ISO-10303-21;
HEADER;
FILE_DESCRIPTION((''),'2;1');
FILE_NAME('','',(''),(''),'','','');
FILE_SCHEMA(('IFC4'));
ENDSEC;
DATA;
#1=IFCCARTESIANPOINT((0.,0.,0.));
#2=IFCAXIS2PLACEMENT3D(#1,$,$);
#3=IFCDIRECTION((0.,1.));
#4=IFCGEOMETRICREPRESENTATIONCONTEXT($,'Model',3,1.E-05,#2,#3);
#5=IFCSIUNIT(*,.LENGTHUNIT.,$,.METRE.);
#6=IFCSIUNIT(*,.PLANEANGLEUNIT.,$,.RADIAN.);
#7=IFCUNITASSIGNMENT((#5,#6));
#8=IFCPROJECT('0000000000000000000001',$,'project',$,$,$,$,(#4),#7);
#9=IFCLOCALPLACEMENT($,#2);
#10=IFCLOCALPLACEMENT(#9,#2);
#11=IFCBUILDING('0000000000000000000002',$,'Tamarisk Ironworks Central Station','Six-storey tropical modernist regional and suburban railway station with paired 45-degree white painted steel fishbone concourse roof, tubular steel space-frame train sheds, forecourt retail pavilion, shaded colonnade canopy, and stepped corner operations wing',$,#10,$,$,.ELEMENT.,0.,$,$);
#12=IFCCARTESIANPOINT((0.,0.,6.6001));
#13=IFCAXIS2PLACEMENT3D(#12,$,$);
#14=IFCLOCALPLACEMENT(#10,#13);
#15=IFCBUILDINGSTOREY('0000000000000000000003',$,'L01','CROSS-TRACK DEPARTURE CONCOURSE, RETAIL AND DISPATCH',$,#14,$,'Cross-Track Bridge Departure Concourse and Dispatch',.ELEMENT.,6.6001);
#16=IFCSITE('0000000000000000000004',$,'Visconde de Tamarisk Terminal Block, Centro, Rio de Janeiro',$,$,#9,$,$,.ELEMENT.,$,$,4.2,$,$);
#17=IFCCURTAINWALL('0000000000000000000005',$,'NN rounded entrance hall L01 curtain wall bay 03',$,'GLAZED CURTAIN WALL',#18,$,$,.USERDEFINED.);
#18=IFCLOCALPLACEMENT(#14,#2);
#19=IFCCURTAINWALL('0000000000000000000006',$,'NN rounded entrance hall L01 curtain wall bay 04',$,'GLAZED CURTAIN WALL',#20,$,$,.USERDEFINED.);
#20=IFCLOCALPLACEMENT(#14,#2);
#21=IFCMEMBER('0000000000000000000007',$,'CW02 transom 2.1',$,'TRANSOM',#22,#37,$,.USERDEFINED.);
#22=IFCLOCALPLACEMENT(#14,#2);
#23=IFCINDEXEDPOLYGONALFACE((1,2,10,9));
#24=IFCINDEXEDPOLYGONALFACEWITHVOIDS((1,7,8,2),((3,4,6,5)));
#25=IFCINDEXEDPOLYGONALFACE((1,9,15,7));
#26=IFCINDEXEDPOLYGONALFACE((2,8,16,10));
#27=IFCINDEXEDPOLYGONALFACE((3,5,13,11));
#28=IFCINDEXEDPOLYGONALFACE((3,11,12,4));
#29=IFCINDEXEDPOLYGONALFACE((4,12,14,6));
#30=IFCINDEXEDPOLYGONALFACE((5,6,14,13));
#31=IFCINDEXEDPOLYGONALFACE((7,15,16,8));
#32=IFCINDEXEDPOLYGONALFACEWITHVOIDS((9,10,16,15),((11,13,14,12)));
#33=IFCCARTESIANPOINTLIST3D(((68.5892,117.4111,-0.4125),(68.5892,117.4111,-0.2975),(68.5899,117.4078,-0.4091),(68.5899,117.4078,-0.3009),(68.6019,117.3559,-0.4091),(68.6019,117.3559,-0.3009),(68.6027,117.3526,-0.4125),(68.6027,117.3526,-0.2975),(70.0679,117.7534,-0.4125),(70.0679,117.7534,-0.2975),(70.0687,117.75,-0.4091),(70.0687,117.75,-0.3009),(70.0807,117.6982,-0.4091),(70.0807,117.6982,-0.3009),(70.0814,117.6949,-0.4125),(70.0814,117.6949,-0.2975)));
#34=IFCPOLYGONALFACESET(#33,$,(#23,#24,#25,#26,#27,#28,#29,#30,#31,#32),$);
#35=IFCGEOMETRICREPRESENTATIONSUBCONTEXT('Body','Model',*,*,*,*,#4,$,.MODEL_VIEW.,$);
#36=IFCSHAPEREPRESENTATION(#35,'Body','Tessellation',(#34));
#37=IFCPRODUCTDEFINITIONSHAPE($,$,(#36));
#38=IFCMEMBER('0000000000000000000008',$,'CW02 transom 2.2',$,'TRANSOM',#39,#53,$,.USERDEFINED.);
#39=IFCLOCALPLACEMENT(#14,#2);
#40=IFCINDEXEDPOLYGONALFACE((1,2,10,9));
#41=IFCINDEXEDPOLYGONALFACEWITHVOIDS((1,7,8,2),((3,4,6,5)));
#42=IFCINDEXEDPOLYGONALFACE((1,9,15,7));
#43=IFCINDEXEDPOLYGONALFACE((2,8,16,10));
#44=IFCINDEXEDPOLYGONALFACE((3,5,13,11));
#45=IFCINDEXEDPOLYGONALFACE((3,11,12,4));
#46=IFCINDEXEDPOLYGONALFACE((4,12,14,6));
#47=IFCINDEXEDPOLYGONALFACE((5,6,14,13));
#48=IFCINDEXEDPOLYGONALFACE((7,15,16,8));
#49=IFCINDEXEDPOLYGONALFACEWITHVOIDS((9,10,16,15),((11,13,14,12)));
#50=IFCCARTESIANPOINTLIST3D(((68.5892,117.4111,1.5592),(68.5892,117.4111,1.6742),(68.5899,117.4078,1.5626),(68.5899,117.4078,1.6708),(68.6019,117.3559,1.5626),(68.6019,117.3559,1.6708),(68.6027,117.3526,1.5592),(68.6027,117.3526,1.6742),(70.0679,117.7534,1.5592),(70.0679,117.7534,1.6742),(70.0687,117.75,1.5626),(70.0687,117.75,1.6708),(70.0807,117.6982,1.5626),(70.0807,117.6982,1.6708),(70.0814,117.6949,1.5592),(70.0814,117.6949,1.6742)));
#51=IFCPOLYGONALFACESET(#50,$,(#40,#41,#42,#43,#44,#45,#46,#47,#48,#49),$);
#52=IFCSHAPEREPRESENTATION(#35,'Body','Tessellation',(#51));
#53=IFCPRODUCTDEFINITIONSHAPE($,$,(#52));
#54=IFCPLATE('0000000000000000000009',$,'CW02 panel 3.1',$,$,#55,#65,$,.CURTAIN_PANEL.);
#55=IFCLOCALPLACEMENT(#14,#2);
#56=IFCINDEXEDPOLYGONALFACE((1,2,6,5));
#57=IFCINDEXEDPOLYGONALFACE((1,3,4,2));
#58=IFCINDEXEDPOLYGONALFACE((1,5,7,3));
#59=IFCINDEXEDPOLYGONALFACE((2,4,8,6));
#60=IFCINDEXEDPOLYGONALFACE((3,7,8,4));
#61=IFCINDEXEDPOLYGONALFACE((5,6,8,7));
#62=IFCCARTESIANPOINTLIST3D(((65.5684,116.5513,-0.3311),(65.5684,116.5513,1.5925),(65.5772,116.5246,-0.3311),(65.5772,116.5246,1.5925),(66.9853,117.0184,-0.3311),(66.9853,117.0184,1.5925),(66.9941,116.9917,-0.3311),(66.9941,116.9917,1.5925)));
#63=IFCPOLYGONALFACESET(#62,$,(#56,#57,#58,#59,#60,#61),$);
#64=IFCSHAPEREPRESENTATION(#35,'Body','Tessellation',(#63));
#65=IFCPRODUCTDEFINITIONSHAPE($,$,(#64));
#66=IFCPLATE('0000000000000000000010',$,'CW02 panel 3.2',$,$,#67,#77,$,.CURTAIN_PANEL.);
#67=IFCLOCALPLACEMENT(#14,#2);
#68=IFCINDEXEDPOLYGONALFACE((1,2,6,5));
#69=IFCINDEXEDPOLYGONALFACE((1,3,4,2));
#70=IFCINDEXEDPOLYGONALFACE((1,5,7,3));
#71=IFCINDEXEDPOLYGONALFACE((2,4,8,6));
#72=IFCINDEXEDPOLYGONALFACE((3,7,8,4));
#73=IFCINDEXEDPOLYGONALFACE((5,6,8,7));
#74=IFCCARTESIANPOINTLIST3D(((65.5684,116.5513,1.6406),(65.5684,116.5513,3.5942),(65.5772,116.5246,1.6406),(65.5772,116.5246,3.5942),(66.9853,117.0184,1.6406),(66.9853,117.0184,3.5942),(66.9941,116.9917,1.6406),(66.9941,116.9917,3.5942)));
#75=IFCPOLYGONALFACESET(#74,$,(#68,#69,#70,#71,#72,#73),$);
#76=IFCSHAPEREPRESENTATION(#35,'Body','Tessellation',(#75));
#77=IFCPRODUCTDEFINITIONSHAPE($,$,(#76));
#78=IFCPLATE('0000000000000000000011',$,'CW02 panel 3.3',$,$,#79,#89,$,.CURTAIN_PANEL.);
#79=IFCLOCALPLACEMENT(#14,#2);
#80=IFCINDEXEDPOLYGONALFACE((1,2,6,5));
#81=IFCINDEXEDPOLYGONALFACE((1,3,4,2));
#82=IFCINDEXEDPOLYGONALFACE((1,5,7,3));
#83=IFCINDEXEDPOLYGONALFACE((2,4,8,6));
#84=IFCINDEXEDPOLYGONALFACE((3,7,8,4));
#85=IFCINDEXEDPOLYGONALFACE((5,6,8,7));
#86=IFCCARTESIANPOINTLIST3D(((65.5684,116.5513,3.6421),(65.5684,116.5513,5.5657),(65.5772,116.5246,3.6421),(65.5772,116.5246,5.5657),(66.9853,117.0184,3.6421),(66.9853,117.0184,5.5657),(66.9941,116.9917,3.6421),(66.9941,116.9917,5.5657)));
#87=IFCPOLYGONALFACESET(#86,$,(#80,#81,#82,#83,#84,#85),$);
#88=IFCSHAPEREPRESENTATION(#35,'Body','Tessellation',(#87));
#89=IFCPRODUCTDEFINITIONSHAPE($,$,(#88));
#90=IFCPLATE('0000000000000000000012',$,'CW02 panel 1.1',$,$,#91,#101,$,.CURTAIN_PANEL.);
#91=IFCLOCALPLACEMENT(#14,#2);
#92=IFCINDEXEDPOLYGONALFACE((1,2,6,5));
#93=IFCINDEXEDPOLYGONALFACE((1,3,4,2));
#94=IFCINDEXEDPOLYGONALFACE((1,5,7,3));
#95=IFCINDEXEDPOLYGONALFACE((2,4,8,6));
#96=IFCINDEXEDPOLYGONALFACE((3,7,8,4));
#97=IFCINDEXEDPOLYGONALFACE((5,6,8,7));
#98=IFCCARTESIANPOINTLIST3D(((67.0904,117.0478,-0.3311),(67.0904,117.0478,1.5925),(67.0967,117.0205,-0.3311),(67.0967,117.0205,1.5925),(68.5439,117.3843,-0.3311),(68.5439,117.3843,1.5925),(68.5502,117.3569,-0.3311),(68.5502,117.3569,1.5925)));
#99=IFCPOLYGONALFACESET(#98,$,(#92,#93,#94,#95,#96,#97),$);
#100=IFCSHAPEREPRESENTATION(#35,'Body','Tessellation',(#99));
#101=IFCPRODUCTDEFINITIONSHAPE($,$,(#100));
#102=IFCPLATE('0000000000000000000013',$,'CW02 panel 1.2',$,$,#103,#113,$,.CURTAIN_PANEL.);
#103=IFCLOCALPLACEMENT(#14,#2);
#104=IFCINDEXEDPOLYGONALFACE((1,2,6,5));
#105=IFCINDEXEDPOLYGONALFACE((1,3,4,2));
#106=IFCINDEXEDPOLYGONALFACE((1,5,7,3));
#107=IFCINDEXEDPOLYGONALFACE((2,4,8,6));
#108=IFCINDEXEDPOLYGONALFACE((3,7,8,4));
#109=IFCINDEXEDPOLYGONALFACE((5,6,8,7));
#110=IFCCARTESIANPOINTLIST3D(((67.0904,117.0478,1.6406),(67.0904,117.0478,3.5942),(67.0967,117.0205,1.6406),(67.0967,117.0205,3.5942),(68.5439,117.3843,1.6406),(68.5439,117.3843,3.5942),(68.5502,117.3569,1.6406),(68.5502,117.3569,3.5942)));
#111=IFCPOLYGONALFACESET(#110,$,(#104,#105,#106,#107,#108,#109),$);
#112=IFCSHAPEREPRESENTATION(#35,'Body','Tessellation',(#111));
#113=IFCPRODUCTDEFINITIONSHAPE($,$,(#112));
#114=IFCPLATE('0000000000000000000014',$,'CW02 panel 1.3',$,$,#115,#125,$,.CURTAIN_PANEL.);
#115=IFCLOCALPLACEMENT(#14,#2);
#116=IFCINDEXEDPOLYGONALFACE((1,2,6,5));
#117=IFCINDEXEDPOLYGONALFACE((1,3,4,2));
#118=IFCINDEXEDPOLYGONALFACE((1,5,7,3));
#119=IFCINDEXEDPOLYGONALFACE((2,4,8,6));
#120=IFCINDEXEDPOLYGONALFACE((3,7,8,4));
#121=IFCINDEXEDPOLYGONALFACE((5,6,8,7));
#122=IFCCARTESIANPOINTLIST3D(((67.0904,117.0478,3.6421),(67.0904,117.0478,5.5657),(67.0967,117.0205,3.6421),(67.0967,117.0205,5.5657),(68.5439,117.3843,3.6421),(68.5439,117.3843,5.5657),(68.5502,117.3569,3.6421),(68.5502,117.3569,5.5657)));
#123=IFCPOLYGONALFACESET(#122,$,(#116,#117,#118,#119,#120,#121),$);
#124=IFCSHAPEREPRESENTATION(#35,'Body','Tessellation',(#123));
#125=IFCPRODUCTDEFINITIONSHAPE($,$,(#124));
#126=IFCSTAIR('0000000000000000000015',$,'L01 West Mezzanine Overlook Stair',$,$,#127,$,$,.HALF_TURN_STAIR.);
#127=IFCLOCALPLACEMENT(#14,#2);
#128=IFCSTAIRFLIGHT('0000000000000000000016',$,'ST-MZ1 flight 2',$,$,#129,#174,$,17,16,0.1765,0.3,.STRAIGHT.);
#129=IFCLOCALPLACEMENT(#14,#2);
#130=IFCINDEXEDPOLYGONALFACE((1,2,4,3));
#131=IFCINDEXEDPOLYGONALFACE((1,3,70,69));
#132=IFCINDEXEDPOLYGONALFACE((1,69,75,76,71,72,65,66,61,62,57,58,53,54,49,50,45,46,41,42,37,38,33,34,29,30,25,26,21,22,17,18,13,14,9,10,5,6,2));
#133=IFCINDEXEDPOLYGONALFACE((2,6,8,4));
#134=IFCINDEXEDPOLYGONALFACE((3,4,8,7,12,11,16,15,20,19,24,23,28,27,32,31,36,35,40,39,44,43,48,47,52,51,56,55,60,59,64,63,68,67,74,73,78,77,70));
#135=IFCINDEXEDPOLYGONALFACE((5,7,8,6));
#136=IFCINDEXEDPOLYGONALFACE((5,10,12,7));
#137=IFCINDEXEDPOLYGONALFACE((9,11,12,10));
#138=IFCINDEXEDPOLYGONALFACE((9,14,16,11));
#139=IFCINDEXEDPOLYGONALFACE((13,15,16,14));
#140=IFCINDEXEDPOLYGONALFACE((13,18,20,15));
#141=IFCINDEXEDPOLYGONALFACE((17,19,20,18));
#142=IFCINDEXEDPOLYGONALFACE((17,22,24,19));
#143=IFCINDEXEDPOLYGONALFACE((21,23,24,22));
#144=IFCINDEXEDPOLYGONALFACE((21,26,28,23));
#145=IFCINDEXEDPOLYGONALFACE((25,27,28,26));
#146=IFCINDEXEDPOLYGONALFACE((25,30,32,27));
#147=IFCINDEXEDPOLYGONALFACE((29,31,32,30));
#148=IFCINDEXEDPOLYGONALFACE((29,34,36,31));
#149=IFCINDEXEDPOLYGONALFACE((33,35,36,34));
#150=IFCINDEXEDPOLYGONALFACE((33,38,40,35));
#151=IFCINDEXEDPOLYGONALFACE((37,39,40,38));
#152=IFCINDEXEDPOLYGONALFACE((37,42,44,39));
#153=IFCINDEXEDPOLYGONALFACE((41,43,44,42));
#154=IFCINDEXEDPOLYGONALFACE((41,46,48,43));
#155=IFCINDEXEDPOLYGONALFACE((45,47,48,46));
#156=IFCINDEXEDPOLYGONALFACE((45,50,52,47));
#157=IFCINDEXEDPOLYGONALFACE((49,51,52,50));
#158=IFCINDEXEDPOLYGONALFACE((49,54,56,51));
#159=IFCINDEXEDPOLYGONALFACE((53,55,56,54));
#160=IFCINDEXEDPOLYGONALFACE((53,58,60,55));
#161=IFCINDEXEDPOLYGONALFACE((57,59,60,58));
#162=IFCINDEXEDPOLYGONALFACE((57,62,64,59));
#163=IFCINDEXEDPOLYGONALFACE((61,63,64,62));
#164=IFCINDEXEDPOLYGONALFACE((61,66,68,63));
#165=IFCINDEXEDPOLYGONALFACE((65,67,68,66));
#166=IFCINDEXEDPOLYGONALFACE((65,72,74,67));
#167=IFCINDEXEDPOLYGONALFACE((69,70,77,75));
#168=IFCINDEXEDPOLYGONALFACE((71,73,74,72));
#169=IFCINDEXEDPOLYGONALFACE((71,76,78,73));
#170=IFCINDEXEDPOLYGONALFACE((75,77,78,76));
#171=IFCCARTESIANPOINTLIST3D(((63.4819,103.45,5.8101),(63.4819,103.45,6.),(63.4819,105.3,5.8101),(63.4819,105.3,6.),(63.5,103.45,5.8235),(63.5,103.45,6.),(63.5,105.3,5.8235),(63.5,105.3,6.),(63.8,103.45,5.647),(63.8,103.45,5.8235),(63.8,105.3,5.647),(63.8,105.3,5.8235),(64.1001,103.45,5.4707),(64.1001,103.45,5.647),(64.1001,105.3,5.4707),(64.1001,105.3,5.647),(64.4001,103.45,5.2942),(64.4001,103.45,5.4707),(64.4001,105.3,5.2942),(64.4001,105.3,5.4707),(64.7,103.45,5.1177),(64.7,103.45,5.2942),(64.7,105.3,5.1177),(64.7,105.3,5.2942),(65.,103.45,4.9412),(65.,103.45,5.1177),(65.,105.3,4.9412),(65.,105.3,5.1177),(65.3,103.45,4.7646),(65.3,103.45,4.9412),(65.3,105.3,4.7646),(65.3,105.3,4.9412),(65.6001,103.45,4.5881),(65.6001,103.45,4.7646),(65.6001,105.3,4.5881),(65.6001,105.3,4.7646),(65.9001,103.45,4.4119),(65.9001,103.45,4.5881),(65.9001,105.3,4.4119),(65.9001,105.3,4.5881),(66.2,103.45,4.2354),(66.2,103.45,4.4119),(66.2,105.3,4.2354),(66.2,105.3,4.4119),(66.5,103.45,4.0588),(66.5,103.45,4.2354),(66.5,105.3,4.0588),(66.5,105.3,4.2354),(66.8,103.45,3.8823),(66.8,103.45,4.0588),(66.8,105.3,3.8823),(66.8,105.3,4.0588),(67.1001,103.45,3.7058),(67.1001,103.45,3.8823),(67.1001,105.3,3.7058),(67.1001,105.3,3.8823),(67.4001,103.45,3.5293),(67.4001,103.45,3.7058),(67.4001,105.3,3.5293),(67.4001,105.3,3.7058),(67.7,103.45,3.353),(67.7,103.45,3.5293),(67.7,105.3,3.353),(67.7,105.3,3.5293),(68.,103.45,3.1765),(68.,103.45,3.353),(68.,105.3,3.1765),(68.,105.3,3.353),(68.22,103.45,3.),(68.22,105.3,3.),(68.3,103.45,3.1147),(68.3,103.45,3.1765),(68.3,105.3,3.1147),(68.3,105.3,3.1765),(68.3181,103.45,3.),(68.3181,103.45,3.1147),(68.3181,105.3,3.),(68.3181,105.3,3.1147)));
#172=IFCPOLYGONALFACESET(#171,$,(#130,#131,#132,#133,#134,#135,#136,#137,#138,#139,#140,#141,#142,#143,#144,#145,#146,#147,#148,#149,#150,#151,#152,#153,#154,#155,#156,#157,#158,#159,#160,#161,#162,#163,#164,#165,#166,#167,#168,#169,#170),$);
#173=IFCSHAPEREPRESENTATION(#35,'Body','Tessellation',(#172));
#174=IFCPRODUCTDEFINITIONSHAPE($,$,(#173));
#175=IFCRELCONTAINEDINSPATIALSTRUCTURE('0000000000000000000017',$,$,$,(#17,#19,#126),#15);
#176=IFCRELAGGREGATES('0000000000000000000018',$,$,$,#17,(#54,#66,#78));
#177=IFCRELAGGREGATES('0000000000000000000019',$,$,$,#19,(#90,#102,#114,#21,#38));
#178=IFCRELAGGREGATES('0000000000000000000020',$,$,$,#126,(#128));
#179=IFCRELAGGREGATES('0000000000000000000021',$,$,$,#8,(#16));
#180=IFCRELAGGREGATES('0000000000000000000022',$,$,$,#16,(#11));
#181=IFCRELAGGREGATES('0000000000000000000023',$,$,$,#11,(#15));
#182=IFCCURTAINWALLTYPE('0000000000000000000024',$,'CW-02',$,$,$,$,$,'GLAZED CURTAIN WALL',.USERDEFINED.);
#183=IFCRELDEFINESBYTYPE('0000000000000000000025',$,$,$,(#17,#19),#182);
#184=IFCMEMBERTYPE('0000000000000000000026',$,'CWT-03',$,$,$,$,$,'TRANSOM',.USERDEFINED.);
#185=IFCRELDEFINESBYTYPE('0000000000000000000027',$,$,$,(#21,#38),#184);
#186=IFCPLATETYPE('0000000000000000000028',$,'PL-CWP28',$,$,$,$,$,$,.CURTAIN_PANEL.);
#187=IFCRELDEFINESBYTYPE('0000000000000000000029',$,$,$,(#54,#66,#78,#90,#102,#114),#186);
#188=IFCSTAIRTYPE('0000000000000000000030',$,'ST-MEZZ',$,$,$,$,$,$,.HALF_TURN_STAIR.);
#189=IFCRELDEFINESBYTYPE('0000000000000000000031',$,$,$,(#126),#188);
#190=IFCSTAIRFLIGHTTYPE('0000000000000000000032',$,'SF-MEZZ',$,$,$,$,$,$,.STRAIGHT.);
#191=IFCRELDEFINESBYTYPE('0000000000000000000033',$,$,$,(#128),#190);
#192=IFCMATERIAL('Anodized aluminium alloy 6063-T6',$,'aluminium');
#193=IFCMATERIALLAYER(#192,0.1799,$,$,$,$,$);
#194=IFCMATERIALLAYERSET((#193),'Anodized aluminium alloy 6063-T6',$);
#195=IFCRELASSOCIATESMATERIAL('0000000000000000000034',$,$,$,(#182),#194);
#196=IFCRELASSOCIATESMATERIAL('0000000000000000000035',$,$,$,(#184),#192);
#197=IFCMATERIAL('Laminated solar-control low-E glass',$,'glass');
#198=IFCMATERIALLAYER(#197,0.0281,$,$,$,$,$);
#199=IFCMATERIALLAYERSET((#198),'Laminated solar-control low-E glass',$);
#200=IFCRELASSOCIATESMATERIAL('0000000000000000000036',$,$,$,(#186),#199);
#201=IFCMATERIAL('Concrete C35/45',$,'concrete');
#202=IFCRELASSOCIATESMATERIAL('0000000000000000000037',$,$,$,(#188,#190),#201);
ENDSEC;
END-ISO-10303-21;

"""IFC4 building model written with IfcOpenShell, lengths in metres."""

from ifc_helpers import new_model, si_unit, direction, frame, origin, origin_2d, place, context, subcontext, project, spatial, polyline, rectangle, hollow_rectangle, outline, extrude, material, layer, layer_set, material_profile, profile_set, type_object, element, aggregate, save


model = new_model("IFC4")

# Units and contexts
model_context = context("Model", 3, precision=1e-05, world=origin(), true_north=direction((0.0, 1.0)))
body_context = subcontext(model_context, "Body", "Model", "MODEL_VIEW")
ifc_project = project(units=[si_unit("LENGTHUNIT", "METRE"), si_unit("PLANEANGLEUNIT", "RADIAN")], contexts=[model_context])

# Site, building, storey
site_placement = place(None, origin())
site = spatial("IfcSite", under=ifc_project, at=site_placement, Name="Visconde de Tamarisk Terminal Block, Centro, Rio de Janeiro", CompositionType="ELEMENT", RefElevation=4.2)
building_placement = place(site_placement, origin())
building = spatial("IfcBuilding", under=site, at=building_placement, Name="Tamarisk Ironworks Central Station", Description="Six-storey tropical modernist regional and suburban railway station with paired 45-degree white painted steel fishbone concourse roof, tubular steel space-frame train sheds, forecourt retail pavilion, shaded colonnade canopy, and stepped corner operations wing", CompositionType="ELEMENT", ElevationOfRefHeight=0.0)
storey_placement = place(building_placement, frame((0.0, 0.0, 6.6001)))
storey = spatial("IfcBuildingStorey", under=building, at=storey_placement, Name="L01", Description="CROSS-TRACK DEPARTURE CONCOURSE, RETAIL AND DISPATCH", LongName="Cross-Track Bridge Departure Concourse and Dispatch", CompositionType="ELEMENT", Elevation=6.6001)

# Curtain wall
ifc_material_1 = material(Name="Anodized aluminium alloy 6063-T6", Category="aluminium")
ifc_layer_1 = layer(ifc_material_1, 0.1799)
ifc_layer_set_1 = layer_set([ifc_layer_1], Name="Anodized aluminium alloy 6063-T6")
curtain_wall_type = type_object("IfcCurtainWallType", Name="CW-02", ElementType="GLAZED CURTAIN WALL", PredefinedType="USERDEFINED", material=ifc_layer_set_1)
curtain_wall_1_placement = place(storey_placement, origin())
curtain_wall_1 = element("IfcCurtainWall", 1, at=curtain_wall_1_placement, inside=storey, type_object=curtain_wall_type, Name="NN rounded entrance hall L01 curtain wall bay 03", ObjectType="GLAZED CURTAIN WALL", PredefinedType="USERDEFINED")

# Curtain wall
curtain_wall_2_placement = place(storey_placement, origin())
curtain_wall_2 = element("IfcCurtainWall", 2, at=curtain_wall_2_placement, inside=storey, type_object=curtain_wall_type, Name="NN rounded entrance hall L01 curtain wall bay 04", ObjectType="GLAZED CURTAIN WALL", PredefinedType="USERDEFINED")

# Members
ifc_material_profile_1 = material_profile(ifc_material_1, hollow_rectangle(XDim=0.0601, YDim=0.115, WallThickness=0.0034, at=origin_2d()), Name="ALUM 115x60")
ifc_profile_set_1 = profile_set([ifc_material_profile_1], Name="Anodized aluminium alloy 6063-T6")
member_type_1 = type_object("IfcMemberType", Name="CWT-03", ElementType="TRANSOM", PredefinedType="USERDEFINED", material=ifc_profile_set_1)
member_1_placement = place(storey_placement, frame((68.5959, 117.3818, -0.355), z_axis=(0.974242, 0.225506, 0.0), x_axis=(-0.225506, 0.974242, 0.0)))
member_1 = element("IfcMember", 3, at=member_1_placement, type_object=member_type_1, Name="CW02 transom 2.1", ObjectType="TRANSOM", PredefinedType="USERDEFINED", context=body_context, shape_type="SweptSolid", body=[
    extrude(hollow_rectangle(XDim=0.0601, YDim=0.115, WallThickness=0.0034, at=origin_2d()), origin(), (0.0, 0.0, 1.0), 1.5178),
])
member_2_placement = place(storey_placement, frame((68.5959, 117.3818, 1.6167), z_axis=(0.974242, 0.225506, 0.0), x_axis=(-0.225506, 0.974242, 0.0)))
member_2 = element("IfcMember", 4, at=member_2_placement, type_object=member_type_1, Name="CW02 transom 2.2", ObjectType="TRANSOM", PredefinedType="USERDEFINED", context=body_context, shape_type="SweptSolid", body=[
    extrude(hollow_rectangle(XDim=0.0601, YDim=0.115, WallThickness=0.0034, at=origin_2d()), origin(), (0.0, 0.0, 1.0), 1.5178),
])

# Plates
ifc_material_2 = material(Name="Laminated solar-control low-E glass", Category="glass")
ifc_layer_2 = layer(ifc_material_2, 0.0281)
ifc_layer_set_2 = layer_set([ifc_layer_2], Name="Laminated solar-control low-E glass")
plate_type = type_object("IfcPlateType", Name="PL-CWP28", PredefinedType="CURTAIN_PANEL", material=ifc_layer_set_2)
plate_1_placement = place(storey_placement, frame((66.2812, 116.7715, -0.3311), z_axis=(0.0, 0.0, 1.0), x_axis=(0.949721, 0.313098, 0.0)))
plate_1 = element("IfcPlate", 5, at=plate_1_placement, type_object=plate_type, Name="CW02 panel 3.1", PredefinedType="CURTAIN_PANEL", context=body_context, shape_type="SweptSolid", body=[
    extrude(rectangle(XDim=1.4919, YDim=0.0281, at=origin_2d()), origin(), (0.0, 0.0, 1.0), 1.9236),
])
plate_2_placement = place(storey_placement, frame((66.2812, 116.7715, 1.6406), z_axis=(0.0, 0.0, 1.0), x_axis=(0.949721, 0.313098, 0.0)))
plate_2 = element("IfcPlate", 6, at=plate_2_placement, type_object=plate_type, Name="CW02 panel 3.2", PredefinedType="CURTAIN_PANEL", context=body_context, shape_type="SweptSolid", body=[
    extrude(rectangle(XDim=1.4919, YDim=0.0281, at=origin_2d()), origin(), (0.0, 0.0, 1.0), 1.9536),
])
plate_3_placement = place(storey_placement, frame((66.2812, 116.7715, 3.6421), z_axis=(0.0, 0.0, 1.0), x_axis=(0.949721, 0.313098, 0.0)))
plate_3 = element("IfcPlate", 7, at=plate_3_placement, type_object=plate_type, Name="CW02 panel 3.3", PredefinedType="CURTAIN_PANEL", context=body_context, shape_type="SweptSolid", body=[
    extrude(rectangle(XDim=1.4919, YDim=0.0281, at=origin_2d()), origin(), (0.0, 0.0, 1.0), 1.9236),
])
aggregate(curtain_wall_1, [plate_1, plate_2, plate_3])
plate_4_placement = place(storey_placement, frame((67.8203, 117.2024, -0.3311), z_axis=(0.0, 0.0, 1.0), x_axis=(0.974239, 0.225517, 0.0)))
plate_4 = element("IfcPlate", 8, at=plate_4_placement, type_object=plate_type, Name="CW02 panel 1.1", PredefinedType="CURTAIN_PANEL", context=body_context, shape_type="SweptSolid", body=[
    extrude(rectangle(XDim=1.4919, YDim=0.0281, at=origin_2d()), origin(), (0.0, 0.0, 1.0), 1.9236),
])
plate_5_placement = place(storey_placement, frame((67.8203, 117.2024, 1.6406), z_axis=(0.0, 0.0, 1.0), x_axis=(0.974239, 0.225517, 0.0)))
plate_5 = element("IfcPlate", 9, at=plate_5_placement, type_object=plate_type, Name="CW02 panel 1.2", PredefinedType="CURTAIN_PANEL", context=body_context, shape_type="SweptSolid", body=[
    extrude(rectangle(XDim=1.4919, YDim=0.0281, at=origin_2d()), origin(), (0.0, 0.0, 1.0), 1.9536),
])
plate_6_placement = place(storey_placement, frame((67.8203, 117.2024, 3.6421), z_axis=(0.0, 0.0, 1.0), x_axis=(0.974239, 0.225517, 0.0)))
plate_6 = element("IfcPlate", 10, at=plate_6_placement, type_object=plate_type, Name="CW02 panel 1.3", PredefinedType="CURTAIN_PANEL", context=body_context, shape_type="SweptSolid", body=[
    extrude(rectangle(XDim=1.4919, YDim=0.0281, at=origin_2d()), origin(), (0.0, 0.0, 1.0), 1.9236),
])
aggregate(curtain_wall_2, [plate_4, plate_5, plate_6, member_1, member_2])

# Stair, stair flight
ifc_material_3 = material(Name="Concrete C35/45", Category="concrete")
stair_type = type_object("IfcStairType", Name="ST-MEZZ", PredefinedType="HALF_TURN_STAIR", material=ifc_material_3)
stair_placement = place(storey_placement, origin())
stair = element("IfcStair", 11, at=stair_placement, inside=storey, type_object=stair_type, Name="L01 West Mezzanine Overlook Stair", PredefinedType="HALF_TURN_STAIR")
stair_flight_type = type_object("IfcStairFlightType", Name="SF-MEZZ", PredefinedType="STRAIGHT", material=ifc_material_3)
stair_flight_placement = place(storey_placement, frame((68.3, 104.375, 3.0), z_axis=(0.0, 0.0, 1.0), x_axis=(-1.0, 0.0, 0.0)))
stair_flight = element("IfcStairFlight", 12, at=stair_flight_placement, type_object=stair_flight_type, Name="ST-MZ1 flight 2", NumberOfRisers=17, NumberOfTreads=16, PredefinedType="STRAIGHT", RiserHeight=0.1765, TreadLength=0.3, context=body_context, shape_type="SweptSolid", body=[
    extrude(outline(polyline([(-0.0181, 0.0), (-0.0181, 0.1147), (0.0, 0.1147), (0.0, 0.1765), (0.3, 0.1765), (0.3, 0.353), (0.6001, 0.353), (0.6001, 0.5293), (0.8999, 0.5293), (0.8999, 0.7058), (1.2, 0.7058), (1.2, 0.8823), (1.5, 0.8823), (1.5, 1.0588), (1.8, 1.0588), (1.8, 1.2354), (2.1001, 1.2354), (2.1001, 1.4119), (2.3999, 1.4119), (2.3999, 1.5881), (2.7, 1.5881), (2.7, 1.7646), (3.0, 1.7646), (3.0, 1.9412), (3.3, 1.9412), (3.3, 2.1177), (3.6001, 2.1177), (3.6001, 2.2942), (3.8999, 2.2942), (3.8999, 2.4707), (4.2, 2.4707), (4.2, 2.647), (4.5, 2.647), (4.5, 2.8235), (4.8, 2.8235), (4.8, 3.0), (4.8181, 3.0), (4.8181, 2.8101), (0.0801, 0.0), (-0.0181, 0.0)])), frame((0.0, 0.925, 0.0), z_axis=(0.0, -1.0, 0.0), x_axis=(1.0, 0.0, 0.0)), (0.0, 0.0, 1.0), 1.8501),
])
aggregate(stair, [stair_flight])

save(model, "model.ifc")
